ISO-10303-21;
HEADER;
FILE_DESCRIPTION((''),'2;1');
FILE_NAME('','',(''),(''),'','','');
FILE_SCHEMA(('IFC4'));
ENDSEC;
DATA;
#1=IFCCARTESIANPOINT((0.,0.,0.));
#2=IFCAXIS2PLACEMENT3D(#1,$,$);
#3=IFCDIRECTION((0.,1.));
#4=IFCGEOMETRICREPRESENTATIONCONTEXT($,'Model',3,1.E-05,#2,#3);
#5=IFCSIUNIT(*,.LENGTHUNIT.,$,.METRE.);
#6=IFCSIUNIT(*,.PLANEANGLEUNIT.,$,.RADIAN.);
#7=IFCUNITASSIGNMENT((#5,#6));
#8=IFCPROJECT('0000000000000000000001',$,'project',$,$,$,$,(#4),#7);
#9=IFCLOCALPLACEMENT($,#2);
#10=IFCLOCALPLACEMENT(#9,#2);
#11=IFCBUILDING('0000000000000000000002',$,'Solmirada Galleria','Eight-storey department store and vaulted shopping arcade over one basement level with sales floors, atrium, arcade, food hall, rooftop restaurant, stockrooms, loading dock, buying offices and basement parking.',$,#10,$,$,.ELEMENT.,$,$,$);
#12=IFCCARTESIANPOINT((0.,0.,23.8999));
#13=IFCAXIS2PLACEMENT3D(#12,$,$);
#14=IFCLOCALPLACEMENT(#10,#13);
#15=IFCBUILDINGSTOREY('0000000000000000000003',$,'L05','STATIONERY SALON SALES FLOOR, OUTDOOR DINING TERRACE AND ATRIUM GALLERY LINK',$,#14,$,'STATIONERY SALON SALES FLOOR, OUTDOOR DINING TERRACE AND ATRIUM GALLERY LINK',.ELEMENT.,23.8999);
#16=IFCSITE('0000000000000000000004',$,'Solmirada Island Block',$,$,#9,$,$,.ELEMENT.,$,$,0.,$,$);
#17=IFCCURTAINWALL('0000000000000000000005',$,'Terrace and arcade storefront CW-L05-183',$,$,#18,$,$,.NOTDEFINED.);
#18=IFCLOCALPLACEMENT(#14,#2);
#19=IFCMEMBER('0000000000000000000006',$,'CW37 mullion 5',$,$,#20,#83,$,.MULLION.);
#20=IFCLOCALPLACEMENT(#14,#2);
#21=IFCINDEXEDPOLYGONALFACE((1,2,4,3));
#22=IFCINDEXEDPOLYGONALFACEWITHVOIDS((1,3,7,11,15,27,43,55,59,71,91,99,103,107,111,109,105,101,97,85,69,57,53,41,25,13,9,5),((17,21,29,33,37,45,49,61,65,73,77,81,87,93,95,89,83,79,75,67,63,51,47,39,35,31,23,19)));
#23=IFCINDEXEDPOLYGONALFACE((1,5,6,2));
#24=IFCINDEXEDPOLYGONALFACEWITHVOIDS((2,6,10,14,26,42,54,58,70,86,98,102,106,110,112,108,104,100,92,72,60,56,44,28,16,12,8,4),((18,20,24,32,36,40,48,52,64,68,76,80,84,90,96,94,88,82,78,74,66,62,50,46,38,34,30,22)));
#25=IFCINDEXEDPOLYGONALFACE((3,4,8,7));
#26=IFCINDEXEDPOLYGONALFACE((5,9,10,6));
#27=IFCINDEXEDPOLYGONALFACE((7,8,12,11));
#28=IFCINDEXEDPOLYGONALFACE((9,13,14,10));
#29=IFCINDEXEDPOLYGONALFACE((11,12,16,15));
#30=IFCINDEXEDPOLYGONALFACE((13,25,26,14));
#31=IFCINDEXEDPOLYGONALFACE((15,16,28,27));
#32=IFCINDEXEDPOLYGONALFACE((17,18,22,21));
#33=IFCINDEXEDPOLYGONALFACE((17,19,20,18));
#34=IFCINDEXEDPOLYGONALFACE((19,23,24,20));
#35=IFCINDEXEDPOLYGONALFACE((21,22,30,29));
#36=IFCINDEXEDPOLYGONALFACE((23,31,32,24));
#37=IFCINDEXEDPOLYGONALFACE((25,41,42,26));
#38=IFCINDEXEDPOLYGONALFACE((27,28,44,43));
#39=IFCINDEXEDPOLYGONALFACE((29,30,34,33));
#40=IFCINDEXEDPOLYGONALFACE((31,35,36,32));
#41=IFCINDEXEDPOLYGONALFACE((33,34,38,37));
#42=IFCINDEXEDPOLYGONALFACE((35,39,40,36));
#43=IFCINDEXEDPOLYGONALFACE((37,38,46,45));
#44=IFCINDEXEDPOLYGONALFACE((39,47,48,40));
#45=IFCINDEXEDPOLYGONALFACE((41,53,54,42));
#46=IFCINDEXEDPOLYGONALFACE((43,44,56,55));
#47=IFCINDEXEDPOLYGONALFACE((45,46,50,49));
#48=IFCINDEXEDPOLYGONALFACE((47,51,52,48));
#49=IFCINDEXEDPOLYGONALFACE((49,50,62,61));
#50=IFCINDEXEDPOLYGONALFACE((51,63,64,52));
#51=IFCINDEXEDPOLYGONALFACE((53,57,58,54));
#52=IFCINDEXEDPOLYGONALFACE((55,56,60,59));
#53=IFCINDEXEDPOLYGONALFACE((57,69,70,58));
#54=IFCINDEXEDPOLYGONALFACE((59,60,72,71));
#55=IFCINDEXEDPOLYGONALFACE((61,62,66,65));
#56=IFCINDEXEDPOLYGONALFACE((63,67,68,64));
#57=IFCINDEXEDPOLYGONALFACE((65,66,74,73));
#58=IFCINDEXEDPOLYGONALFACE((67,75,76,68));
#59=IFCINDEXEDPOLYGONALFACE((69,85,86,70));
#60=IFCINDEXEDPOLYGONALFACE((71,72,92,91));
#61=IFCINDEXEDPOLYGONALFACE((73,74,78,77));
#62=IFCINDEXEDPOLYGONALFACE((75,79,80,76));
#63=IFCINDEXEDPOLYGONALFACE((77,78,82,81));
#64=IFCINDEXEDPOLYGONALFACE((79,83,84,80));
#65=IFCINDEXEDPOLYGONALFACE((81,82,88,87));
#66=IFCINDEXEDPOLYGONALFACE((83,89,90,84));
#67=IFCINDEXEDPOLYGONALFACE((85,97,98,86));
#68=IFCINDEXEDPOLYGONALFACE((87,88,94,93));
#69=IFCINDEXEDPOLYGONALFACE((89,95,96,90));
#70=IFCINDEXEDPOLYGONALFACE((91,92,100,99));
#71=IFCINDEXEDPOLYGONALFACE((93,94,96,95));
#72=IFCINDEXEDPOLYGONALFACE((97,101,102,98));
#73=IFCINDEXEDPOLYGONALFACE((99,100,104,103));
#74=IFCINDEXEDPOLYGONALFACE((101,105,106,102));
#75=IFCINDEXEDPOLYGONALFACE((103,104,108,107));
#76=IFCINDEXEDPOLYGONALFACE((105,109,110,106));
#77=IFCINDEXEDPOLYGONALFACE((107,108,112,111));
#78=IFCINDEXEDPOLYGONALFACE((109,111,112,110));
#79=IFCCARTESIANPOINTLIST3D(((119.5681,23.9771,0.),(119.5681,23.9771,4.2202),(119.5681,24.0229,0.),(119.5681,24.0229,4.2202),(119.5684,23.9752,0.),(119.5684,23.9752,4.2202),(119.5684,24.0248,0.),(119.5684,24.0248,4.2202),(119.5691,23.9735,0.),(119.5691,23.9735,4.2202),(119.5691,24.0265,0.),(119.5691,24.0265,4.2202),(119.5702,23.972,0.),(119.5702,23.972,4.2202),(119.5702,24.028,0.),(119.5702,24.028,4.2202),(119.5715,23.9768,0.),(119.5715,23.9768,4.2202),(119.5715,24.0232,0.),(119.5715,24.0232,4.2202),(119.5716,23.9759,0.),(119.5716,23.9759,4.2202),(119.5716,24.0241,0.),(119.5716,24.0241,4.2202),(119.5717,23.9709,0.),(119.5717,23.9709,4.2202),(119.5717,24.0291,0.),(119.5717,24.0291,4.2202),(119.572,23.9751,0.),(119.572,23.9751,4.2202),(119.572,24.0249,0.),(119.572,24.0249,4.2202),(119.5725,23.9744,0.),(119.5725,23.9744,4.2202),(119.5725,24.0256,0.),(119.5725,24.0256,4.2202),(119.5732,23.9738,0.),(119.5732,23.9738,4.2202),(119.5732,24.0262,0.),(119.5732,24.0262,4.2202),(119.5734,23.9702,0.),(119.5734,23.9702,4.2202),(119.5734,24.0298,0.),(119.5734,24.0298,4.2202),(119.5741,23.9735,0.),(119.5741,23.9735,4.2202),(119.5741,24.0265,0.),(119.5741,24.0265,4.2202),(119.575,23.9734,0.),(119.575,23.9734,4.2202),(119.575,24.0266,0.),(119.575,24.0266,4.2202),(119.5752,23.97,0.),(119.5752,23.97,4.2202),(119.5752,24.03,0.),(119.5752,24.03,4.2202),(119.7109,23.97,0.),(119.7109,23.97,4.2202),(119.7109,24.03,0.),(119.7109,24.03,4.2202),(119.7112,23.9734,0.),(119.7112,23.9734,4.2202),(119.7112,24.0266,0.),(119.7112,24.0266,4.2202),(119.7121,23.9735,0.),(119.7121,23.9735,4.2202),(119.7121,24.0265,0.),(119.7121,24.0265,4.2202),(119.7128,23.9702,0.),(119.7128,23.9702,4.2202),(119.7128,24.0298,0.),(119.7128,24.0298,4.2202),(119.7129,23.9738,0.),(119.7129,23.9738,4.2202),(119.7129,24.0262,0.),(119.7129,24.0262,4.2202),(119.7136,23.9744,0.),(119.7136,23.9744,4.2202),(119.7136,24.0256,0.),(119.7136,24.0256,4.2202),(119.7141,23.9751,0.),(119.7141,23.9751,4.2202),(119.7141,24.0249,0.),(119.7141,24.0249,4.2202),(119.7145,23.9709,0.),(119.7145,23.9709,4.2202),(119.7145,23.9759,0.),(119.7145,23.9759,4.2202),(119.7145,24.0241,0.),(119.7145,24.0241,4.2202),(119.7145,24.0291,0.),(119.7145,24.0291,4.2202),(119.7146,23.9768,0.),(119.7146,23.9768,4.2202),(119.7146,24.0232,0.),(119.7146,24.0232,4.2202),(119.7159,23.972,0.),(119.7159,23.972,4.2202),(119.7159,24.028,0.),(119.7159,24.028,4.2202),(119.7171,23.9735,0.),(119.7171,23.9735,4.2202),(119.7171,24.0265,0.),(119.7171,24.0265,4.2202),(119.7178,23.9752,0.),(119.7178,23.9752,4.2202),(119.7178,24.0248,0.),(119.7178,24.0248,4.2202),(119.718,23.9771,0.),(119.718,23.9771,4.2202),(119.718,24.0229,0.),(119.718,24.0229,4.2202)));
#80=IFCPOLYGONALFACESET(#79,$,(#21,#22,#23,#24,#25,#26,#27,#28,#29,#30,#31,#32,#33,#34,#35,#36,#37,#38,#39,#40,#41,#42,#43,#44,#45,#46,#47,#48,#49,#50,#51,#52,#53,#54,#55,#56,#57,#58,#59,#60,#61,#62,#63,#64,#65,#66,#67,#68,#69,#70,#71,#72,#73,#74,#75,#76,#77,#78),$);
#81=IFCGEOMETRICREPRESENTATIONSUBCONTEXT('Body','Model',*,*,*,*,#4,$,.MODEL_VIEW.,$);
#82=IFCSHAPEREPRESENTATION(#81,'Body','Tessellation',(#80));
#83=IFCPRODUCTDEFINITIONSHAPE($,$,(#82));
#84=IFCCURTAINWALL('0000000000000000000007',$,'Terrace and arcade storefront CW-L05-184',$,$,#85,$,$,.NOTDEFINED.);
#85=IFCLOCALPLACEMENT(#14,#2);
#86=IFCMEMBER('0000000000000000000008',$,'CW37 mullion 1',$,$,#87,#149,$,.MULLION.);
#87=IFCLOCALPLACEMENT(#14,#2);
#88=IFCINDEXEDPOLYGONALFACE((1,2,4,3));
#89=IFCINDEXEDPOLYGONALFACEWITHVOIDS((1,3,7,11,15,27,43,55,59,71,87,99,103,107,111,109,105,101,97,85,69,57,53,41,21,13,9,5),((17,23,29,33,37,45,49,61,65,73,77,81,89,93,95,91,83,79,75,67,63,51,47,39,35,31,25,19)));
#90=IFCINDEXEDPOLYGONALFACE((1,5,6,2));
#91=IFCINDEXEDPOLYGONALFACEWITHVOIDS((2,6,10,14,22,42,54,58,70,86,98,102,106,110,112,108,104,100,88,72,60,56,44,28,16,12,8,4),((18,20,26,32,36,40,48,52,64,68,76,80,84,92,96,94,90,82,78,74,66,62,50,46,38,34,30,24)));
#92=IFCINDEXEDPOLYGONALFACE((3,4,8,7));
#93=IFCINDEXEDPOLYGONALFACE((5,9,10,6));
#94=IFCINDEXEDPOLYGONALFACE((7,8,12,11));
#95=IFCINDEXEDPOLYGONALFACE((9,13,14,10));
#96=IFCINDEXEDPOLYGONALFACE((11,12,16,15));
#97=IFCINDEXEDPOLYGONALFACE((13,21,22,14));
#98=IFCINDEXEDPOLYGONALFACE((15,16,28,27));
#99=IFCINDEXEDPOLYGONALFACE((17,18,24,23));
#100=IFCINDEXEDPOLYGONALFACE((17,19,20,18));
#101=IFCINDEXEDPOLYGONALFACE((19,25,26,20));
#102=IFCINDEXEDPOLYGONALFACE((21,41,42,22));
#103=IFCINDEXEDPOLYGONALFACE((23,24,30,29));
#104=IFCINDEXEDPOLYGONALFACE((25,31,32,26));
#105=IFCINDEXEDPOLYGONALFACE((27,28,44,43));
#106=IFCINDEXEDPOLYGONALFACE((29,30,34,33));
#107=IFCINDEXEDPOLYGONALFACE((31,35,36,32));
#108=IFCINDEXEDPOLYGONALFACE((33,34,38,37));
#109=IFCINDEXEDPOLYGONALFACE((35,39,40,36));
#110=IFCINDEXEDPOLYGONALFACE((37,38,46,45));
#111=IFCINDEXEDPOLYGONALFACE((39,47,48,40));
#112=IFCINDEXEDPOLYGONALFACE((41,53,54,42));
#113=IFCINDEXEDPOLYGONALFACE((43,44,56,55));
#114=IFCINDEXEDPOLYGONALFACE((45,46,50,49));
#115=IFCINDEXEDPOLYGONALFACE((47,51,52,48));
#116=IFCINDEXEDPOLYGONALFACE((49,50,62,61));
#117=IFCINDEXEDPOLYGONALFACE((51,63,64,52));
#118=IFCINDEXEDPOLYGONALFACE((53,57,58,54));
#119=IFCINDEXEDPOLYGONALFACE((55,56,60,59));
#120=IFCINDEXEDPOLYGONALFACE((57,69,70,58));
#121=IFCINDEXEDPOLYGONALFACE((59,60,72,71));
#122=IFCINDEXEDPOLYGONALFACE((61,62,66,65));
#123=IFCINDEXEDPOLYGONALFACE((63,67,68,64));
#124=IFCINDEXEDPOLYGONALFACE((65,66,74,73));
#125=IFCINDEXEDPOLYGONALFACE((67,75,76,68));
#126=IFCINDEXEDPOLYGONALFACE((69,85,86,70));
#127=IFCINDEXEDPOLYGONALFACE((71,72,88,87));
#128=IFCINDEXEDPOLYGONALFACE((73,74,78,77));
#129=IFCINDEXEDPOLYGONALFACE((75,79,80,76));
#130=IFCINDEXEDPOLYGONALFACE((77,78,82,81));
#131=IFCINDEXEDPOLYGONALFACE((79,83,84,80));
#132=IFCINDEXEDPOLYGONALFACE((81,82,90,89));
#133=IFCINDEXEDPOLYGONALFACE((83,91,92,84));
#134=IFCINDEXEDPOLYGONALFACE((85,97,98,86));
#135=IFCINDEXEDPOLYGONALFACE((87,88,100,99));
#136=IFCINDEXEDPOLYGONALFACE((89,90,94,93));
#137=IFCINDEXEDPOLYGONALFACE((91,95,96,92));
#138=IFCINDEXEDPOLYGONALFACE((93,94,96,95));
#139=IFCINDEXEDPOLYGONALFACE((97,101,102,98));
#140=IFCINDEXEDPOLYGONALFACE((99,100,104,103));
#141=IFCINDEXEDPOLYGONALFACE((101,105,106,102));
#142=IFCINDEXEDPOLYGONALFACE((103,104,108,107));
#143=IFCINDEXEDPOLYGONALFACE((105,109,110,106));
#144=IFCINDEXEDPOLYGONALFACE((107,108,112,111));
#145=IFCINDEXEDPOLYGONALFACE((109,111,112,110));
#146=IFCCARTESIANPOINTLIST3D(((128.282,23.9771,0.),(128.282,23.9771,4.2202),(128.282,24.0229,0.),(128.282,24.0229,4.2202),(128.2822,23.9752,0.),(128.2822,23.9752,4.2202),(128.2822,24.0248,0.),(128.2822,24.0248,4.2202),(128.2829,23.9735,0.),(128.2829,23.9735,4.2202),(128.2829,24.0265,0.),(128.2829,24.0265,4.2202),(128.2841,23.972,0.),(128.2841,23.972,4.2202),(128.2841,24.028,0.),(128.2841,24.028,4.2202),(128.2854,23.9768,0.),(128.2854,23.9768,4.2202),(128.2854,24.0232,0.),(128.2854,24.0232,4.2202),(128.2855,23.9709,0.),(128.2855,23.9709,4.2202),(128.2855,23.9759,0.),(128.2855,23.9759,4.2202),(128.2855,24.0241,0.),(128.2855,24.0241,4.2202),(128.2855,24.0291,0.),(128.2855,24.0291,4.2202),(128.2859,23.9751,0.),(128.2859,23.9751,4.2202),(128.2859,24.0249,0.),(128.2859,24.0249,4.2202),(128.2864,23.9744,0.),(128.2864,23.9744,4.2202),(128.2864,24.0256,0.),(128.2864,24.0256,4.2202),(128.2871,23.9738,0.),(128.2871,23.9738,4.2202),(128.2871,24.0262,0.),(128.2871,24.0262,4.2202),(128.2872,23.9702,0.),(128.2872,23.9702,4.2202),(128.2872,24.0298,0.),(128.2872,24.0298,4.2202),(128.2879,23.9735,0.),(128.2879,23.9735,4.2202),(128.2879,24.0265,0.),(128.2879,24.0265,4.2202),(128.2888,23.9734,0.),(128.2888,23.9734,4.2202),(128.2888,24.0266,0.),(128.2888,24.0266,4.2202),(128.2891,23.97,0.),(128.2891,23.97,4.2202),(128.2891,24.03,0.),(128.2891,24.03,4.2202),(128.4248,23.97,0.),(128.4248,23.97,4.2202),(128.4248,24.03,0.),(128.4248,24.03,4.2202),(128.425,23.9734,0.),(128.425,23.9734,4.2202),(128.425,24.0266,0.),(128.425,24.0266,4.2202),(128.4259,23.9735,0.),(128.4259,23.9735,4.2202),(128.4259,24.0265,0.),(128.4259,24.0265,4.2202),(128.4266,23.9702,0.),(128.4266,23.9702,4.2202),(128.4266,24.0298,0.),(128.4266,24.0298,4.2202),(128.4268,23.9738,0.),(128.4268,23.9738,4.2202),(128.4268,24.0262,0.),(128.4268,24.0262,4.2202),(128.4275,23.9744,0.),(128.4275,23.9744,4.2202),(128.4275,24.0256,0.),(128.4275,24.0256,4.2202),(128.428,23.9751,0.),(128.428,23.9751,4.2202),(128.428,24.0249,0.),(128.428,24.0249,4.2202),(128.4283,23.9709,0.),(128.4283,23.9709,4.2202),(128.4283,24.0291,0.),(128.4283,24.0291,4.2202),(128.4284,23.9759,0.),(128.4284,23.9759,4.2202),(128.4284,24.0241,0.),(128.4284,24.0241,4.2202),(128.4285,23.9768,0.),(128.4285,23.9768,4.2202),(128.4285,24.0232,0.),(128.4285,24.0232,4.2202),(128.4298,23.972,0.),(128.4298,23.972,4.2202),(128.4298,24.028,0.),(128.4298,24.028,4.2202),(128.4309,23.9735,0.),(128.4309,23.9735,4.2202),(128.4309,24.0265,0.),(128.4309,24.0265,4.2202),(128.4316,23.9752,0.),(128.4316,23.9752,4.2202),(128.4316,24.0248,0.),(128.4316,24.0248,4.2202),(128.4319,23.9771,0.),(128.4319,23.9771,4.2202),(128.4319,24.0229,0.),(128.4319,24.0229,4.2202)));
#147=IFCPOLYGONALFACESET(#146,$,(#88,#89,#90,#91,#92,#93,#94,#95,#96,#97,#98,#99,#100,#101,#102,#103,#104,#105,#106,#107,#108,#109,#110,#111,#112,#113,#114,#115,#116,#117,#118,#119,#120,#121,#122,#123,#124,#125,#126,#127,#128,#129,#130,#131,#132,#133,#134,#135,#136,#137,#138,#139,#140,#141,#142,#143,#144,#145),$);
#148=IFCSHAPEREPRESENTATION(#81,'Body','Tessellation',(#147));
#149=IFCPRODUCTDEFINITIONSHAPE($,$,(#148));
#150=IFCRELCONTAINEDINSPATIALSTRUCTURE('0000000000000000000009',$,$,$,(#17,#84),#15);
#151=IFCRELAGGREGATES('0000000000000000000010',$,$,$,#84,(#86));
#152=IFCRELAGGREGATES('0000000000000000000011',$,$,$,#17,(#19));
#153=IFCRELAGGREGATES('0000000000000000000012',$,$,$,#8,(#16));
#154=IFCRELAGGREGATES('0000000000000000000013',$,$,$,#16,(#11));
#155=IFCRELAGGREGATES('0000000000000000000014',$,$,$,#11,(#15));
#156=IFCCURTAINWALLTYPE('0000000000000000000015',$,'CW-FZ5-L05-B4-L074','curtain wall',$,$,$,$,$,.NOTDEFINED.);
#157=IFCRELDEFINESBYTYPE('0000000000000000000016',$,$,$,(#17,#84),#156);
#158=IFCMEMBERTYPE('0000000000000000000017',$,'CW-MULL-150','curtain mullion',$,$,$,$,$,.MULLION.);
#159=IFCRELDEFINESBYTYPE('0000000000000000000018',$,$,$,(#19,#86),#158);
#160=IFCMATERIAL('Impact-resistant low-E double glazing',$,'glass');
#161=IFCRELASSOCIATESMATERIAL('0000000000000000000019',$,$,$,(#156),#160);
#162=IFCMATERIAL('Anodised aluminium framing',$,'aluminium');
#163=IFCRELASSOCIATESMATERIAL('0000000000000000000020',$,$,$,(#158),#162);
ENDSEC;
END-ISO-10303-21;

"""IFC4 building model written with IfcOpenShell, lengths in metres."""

from ifc_helpers import new_model, si_unit, direction, frame, origin, origin_2d, place, context, subcontext, project, spatial, hollow_rectangle, extrude, material, material_profile, profile_set, type_object, element, aggregate, save


model = new_model("IFC4")

# Units and contexts
model_context = context("Model", 3, precision=1e-05, world=origin(), true_north=direction((0.0, 1.0)))
body_context = subcontext(model_context, "Body", "Model", "MODEL_VIEW")
ifc_project = project(units=[si_unit("LENGTHUNIT", "METRE"), si_unit("PLANEANGLEUNIT", "RADIAN")], contexts=[model_context])

# Site, building, storey
site_placement = place(None, origin())
site = spatial("IfcSite", under=ifc_project, at=site_placement, Name="Solmirada Island Block", CompositionType="ELEMENT", RefElevation=0.0)
building_placement = place(site_placement, origin())
building = spatial("IfcBuilding", under=site, at=building_placement, Name="Solmirada Galleria", Description="Eight-storey department store and vaulted shopping arcade over one basement level with sales floors, atrium, arcade, food hall, rooftop restaurant, stockrooms, loading dock, buying offices and basement parking.", CompositionType="ELEMENT")
storey_placement = place(building_placement, frame((0.0, 0.0, 23.8999)))
storey = spatial("IfcBuildingStorey", under=building, at=storey_placement, Name="L05", Description="STATIONERY SALON SALES FLOOR, OUTDOOR DINING TERRACE AND ATRIUM GALLERY LINK", LongName="STATIONERY SALON SALES FLOOR, OUTDOOR DINING TERRACE AND ATRIUM GALLERY LINK", CompositionType="ELEMENT", Elevation=23.8999)

# Curtain wall, member
ifc_material_1 = material(Name="Impact-resistant low-E double glazing", Category="glass")
curtain_wall_type = type_object("IfcCurtainWallType", Name="CW-FZ5-L05-B4-L074", Description="curtain wall", PredefinedType="NOTDEFINED", material=ifc_material_1)
curtain_wall_1_placement = place(storey_placement, origin())
curtain_wall_1 = element("IfcCurtainWall", 1, at=curtain_wall_1_placement, inside=storey, type_object=curtain_wall_type, Name="Terrace and arcade storefront CW-L05-183", PredefinedType="NOTDEFINED")
ifc_material_2 = material(Name="Anodised aluminium framing", Category="aluminium")
ifc_material_profile_1 = material_profile(ifc_material_2, hollow_rectangle(XDim=0.0601, YDim=0.1499, WallThickness=0.0034, InnerFilletRadius=0.0034, OuterFilletRadius=0.0071, at=origin_2d()), Name="ALU-MULL-150X60")
ifc_profile_set_1 = profile_set([ifc_material_profile_1], Name="Anodised aluminium framing")
member_type_1 = type_object("IfcMemberType", Name="CW-MULL-150", Description="curtain mullion", PredefinedType="MULLION", material=ifc_profile_set_1)
member_1_placement = place(storey_placement, frame((119.6431, 24.0, 0.0), z_axis=(0.0, 0.0, 1.0), x_axis=(0.0, 1.0, 0.0)))
member_1 = element("IfcMember", 2, at=member_1_placement, type_object=member_type_1, Name="CW37 mullion 5", PredefinedType="MULLION", context=body_context, shape_type="SweptSolid", body=[
    extrude(hollow_rectangle(XDim=0.0601, YDim=0.1499, WallThickness=0.0034, InnerFilletRadius=0.0034, OuterFilletRadius=0.0071, at=origin_2d()), origin(), (0.0, 0.0, 1.0), 4.2202),
])

# Curtain wall, member
curtain_wall_2_placement = place(storey_placement, origin())
curtain_wall_2 = element("IfcCurtainWall", 3, at=curtain_wall_2_placement, inside=storey, type_object=curtain_wall_type, Name="Terrace and arcade storefront CW-L05-184", PredefinedType="NOTDEFINED")
member_2_placement = place(storey_placement, frame((128.3569, 24.0, 0.0), z_axis=(0.0, 0.0, 1.0), x_axis=(0.0, 1.0, 0.0)))
member_2 = element("IfcMember", 4, at=member_2_placement, type_object=member_type_1, Name="CW37 mullion 1", PredefinedType="MULLION", context=body_context, shape_type="SweptSolid", body=[
    extrude(hollow_rectangle(XDim=0.0601, YDim=0.1499, WallThickness=0.0034, InnerFilletRadius=0.0034, OuterFilletRadius=0.0071, at=origin_2d()), origin(), (0.0, 0.0, 1.0), 4.2202),
])
aggregate(curtain_wall_2, [member_2])

aggregate(curtain_wall_1, [member_1])

save(model, "model.ifc")
